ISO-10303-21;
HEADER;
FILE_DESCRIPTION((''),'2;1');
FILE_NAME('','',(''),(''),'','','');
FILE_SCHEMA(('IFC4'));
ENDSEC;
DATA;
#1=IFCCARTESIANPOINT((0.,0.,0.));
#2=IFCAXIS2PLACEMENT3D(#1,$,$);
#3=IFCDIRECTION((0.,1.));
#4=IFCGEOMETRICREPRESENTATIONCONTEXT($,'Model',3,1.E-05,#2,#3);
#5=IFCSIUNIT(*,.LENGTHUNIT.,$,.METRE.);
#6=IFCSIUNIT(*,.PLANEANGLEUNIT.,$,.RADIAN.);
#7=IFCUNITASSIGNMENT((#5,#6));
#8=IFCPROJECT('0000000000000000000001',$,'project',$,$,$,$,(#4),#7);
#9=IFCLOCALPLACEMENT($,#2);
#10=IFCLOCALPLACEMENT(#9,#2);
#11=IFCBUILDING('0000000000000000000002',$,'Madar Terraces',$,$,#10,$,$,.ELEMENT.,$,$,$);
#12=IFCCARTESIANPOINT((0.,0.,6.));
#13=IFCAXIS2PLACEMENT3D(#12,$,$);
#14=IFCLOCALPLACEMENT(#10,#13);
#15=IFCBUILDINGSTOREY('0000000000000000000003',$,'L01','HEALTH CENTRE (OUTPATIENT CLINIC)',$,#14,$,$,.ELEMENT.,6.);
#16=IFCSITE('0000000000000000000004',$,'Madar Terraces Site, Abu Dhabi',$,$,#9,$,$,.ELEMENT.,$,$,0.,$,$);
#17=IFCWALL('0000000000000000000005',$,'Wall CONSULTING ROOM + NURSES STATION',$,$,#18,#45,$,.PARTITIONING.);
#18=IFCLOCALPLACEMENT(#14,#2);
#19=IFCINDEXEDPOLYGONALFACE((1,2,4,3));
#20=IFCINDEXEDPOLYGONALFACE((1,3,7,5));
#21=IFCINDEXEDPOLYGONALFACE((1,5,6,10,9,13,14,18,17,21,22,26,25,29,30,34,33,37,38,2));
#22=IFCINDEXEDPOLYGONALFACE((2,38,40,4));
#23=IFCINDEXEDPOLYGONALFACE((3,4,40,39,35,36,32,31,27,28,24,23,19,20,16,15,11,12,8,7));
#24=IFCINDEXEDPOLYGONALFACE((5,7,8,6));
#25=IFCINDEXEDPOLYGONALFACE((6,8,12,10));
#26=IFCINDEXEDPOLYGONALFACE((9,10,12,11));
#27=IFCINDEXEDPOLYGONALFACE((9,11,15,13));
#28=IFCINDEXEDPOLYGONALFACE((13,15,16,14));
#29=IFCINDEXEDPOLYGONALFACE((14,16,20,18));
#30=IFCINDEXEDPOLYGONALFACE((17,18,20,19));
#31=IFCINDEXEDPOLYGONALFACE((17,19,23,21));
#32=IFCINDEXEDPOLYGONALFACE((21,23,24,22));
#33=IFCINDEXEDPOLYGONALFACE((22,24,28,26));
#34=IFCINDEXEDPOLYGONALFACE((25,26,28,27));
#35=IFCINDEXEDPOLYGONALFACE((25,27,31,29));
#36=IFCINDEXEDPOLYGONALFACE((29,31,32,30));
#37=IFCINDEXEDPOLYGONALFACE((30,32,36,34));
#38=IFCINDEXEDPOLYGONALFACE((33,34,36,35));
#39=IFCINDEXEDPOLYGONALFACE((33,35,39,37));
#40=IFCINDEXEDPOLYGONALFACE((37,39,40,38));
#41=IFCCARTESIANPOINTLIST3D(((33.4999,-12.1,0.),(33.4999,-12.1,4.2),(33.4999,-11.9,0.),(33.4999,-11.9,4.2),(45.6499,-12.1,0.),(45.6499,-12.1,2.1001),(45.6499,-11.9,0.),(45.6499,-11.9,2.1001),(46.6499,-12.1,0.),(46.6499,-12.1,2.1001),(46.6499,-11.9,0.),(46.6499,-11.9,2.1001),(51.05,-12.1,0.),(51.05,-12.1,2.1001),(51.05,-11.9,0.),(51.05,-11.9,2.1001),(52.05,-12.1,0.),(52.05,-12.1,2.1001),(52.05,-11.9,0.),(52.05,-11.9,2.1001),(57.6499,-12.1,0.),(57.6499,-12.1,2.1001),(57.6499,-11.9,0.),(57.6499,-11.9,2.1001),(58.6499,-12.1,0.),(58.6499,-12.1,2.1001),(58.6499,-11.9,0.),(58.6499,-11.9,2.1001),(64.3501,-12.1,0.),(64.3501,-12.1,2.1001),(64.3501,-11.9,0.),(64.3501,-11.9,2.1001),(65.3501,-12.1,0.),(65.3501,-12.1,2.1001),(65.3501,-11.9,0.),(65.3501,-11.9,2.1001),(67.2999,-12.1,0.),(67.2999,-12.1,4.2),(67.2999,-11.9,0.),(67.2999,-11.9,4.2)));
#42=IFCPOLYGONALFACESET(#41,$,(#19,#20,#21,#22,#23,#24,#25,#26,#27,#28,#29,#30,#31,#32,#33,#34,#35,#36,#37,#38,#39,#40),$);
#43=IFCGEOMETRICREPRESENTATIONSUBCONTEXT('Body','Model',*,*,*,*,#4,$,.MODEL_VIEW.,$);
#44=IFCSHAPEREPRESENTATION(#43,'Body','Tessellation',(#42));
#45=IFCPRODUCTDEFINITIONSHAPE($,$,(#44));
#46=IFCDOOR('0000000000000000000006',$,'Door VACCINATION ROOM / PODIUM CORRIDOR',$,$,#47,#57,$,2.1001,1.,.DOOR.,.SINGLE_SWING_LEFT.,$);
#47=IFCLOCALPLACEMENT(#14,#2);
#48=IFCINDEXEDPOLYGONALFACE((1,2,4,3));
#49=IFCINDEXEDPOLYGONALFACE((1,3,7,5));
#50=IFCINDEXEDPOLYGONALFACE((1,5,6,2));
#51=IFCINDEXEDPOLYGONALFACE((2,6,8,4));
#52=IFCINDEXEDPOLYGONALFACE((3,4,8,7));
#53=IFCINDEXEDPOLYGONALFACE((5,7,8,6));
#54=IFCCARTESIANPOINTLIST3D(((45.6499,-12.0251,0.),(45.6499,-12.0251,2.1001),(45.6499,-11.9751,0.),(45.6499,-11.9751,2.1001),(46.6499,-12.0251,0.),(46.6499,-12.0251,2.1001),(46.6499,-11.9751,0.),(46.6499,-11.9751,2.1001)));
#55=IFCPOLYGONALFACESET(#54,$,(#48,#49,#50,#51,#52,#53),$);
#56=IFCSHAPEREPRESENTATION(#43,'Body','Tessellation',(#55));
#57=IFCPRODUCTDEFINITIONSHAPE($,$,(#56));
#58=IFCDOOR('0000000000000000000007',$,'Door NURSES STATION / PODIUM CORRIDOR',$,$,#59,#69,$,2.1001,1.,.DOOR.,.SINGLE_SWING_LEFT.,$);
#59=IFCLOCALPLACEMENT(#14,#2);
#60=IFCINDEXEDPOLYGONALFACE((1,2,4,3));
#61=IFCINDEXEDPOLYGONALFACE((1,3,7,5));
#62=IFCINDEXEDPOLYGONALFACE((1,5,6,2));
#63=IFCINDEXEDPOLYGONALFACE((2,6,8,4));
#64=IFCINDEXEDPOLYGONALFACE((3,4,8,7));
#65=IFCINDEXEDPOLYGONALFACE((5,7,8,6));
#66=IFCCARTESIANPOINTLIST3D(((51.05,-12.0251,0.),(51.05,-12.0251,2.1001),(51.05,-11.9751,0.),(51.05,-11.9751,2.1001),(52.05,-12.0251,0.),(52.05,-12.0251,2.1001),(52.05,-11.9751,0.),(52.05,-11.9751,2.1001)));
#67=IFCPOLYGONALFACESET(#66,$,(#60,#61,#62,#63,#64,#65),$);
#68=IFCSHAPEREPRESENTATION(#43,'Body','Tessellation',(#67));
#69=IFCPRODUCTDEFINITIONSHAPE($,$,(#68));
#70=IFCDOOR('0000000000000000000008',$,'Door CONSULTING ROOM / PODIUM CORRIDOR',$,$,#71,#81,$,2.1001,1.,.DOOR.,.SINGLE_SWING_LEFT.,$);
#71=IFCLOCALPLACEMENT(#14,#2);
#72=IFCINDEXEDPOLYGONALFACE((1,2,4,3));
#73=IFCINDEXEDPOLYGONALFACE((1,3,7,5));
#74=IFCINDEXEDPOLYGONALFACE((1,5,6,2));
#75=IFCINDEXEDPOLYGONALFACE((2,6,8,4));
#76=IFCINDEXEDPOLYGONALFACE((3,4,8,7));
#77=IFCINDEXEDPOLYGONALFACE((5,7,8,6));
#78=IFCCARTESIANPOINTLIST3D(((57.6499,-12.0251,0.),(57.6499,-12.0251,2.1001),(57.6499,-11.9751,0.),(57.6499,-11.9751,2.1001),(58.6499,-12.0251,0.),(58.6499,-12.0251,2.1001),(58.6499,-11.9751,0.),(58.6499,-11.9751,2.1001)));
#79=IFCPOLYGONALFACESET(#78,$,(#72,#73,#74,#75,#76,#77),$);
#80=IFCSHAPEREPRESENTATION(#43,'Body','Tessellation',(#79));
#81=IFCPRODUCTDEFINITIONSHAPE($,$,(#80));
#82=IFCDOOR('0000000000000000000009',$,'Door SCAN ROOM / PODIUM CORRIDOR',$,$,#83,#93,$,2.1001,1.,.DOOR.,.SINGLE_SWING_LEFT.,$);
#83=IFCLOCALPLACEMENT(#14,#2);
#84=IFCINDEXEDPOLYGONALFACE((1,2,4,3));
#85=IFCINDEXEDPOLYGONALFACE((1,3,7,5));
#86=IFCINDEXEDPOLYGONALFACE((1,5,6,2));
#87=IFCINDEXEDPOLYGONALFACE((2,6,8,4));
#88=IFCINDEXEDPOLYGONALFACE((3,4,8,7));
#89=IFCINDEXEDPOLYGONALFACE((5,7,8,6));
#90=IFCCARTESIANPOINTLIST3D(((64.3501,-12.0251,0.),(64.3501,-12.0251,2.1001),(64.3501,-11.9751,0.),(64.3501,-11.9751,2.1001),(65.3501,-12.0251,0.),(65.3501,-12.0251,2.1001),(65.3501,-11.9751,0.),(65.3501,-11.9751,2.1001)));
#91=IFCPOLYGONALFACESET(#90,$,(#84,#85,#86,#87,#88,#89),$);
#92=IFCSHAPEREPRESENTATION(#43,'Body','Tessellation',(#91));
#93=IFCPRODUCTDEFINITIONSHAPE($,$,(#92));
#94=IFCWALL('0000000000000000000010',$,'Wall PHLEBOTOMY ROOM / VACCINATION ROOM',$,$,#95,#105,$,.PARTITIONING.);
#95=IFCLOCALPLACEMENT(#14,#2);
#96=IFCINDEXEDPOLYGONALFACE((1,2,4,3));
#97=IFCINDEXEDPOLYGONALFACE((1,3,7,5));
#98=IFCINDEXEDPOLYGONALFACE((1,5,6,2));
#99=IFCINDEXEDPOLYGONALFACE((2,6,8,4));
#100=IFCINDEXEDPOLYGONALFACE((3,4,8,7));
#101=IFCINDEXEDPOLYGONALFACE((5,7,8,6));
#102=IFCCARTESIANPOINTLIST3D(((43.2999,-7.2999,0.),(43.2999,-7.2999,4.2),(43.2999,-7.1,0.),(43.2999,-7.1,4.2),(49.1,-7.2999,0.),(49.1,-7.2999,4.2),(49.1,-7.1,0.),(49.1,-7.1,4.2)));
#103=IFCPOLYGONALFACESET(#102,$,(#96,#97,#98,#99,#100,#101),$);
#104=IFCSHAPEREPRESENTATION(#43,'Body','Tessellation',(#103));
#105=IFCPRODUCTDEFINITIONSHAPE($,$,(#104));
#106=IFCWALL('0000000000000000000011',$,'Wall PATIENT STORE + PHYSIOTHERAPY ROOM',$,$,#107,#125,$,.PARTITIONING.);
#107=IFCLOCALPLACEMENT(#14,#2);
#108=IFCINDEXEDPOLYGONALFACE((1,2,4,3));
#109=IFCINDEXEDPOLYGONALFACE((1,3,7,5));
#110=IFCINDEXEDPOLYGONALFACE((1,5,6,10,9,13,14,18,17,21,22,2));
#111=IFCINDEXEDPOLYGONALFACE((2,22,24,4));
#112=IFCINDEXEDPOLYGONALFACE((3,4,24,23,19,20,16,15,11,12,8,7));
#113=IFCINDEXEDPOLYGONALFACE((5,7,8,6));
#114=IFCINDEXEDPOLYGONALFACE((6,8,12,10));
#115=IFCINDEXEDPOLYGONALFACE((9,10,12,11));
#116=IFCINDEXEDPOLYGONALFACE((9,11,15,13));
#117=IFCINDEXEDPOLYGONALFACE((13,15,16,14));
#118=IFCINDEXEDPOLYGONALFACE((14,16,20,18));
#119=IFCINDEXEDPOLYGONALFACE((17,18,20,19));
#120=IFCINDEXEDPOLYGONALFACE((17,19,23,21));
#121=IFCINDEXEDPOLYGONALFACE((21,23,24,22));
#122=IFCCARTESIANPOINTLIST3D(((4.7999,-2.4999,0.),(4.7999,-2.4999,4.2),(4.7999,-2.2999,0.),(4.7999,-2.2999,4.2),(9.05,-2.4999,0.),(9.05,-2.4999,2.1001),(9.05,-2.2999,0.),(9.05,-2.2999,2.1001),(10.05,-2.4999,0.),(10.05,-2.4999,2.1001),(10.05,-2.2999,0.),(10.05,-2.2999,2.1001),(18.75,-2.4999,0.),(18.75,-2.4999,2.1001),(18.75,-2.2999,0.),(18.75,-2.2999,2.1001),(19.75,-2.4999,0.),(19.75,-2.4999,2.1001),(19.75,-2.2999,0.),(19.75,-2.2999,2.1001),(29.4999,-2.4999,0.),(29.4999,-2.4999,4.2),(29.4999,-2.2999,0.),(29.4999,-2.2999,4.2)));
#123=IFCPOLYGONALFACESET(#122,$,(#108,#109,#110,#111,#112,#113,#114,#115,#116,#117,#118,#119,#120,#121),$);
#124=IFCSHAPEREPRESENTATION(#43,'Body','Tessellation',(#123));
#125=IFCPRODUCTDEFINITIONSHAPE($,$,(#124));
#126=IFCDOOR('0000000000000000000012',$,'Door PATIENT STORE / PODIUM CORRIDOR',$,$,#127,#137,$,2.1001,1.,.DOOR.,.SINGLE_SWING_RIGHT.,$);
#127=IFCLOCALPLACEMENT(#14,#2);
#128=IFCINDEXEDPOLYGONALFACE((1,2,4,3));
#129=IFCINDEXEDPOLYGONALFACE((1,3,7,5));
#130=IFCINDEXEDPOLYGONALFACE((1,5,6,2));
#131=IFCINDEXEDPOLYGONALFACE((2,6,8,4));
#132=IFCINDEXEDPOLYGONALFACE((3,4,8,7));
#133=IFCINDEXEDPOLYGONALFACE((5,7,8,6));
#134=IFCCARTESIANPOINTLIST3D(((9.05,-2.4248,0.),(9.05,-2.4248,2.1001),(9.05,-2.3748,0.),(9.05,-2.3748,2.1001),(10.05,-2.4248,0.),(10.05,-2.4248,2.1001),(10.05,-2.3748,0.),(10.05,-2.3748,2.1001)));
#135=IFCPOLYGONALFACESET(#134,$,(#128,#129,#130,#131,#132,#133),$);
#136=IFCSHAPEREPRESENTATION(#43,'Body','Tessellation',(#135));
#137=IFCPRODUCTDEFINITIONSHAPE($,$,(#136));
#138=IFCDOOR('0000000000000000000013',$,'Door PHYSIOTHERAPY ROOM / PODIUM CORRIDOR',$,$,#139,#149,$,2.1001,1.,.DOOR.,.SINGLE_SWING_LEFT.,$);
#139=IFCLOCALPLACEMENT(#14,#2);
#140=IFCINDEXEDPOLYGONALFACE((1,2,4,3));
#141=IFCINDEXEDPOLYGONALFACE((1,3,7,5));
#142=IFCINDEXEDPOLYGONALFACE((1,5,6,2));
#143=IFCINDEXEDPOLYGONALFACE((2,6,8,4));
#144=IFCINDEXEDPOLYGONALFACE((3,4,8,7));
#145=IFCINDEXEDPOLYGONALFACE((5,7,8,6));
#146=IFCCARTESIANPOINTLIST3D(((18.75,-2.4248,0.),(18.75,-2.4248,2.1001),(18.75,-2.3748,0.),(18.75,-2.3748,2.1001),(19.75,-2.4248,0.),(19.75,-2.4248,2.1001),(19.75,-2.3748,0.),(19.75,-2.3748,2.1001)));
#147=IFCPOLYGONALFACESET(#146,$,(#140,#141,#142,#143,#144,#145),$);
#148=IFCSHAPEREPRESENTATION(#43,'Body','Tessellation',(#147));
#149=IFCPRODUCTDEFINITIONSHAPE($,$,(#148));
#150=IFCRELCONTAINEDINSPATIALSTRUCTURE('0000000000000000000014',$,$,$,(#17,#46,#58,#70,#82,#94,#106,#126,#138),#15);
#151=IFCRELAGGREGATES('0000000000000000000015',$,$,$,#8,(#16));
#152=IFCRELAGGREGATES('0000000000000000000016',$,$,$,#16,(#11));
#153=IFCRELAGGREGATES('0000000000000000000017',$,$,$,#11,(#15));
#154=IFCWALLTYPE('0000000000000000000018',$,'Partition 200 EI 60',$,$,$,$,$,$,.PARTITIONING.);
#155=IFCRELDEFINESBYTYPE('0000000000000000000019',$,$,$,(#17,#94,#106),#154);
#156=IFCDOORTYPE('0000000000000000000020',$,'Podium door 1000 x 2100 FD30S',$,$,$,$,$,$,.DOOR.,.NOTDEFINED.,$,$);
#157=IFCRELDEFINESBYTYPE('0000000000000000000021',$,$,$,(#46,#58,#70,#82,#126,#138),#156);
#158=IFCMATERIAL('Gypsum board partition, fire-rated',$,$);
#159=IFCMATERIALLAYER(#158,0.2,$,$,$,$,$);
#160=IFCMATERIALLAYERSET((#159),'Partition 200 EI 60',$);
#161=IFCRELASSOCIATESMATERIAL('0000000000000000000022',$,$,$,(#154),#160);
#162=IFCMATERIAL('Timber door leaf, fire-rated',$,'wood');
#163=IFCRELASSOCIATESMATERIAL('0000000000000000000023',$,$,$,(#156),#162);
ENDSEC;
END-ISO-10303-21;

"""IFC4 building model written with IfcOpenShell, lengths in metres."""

from ifc_helpers import new_model, si_unit, direction, frame, frame_2d, origin, place, context, subcontext, project, spatial, rectangle, extrude, material, layer, layer_set, type_object, element, fill, save


model = new_model("IFC4")

# Units and contexts
model_context = context("Model", 3, precision=1e-05, world=origin(), true_north=direction((0.0, 1.0)))
body_context = subcontext(model_context, "Body", "Model", "MODEL_VIEW")
ifc_project = project(units=[si_unit("LENGTHUNIT", "METRE"), si_unit("PLANEANGLEUNIT", "RADIAN")], contexts=[model_context])

# Site, building, storey
site_placement = place(None, origin())
site = spatial("IfcSite", under=ifc_project, at=site_placement, Name="Madar Terraces Site, Abu Dhabi", CompositionType="ELEMENT", RefElevation=0.0)
building_placement = place(site_placement, origin())
building = spatial("IfcBuilding", under=site, at=building_placement, Name="Madar Terraces", CompositionType="ELEMENT")
storey_placement = place(building_placement, frame((0.0, 0.0, 6.0)))
storey = spatial("IfcBuildingStorey", under=building, at=storey_placement, Name="L01", Description="HEALTH CENTRE (OUTPATIENT CLINIC)", CompositionType="ELEMENT", Elevation=6.0)

# Wall, openings, doors
ifc_material_1 = material(Name="Gypsum board partition, fire-rated")
ifc_layer = layer(ifc_material_1, 0.2)
ifc_layer_set = layer_set([ifc_layer], Name="Partition 200 EI 60")
wall_type = type_object("IfcWallType", Name="Partition 200 EI 60", PredefinedType="PARTITIONING", material=ifc_layer_set)
wall_1_placement = place(storey_placement, frame((33.5, -12.0, 0.0), z_axis=(0.0, 0.0, 1.0), x_axis=(1.0, 0.0, 0.0)))
wall_1 = element("IfcWall", 1, at=wall_1_placement, inside=storey, type_object=wall_type, Name="Wall CONSULTING ROOM + NURSES STATION", PredefinedType="PARTITIONING", context=body_context, shape_type="SweptSolid", body=[
    extrude(rectangle(XDim=33.8, YDim=0.2, at=frame_2d((16.8999, 0.0))), origin(), (0.0, 0.0, 1.0), 4.2),
])
opening_1_placement = place(wall_1_placement, frame((12.1499, 0.0, 0.0)))
opening_1 = element("IfcOpeningElement", 2, at=opening_1_placement, cuts=wall_1, PredefinedType="OPENING", context=body_context, shape_type="SweptSolid", body=[
    extrude(rectangle(XDim=1.0, YDim=2.1001, at=frame_2d((0.5, 1.05))), frame((0.0, 0.1099, 0.0), z_axis=(0.0, -1.0, 0.0), x_axis=(1.0, 0.0, 0.0)), (0.0, 0.0, 1.0), 0.22),
])
opening_2_placement = place(wall_1_placement, frame((17.55, 0.0, 0.0)))
opening_2 = element("IfcOpeningElement", 3, at=opening_2_placement, cuts=wall_1, PredefinedType="OPENING", context=body_context, shape_type="SweptSolid", body=[
    extrude(rectangle(XDim=1.0, YDim=2.1001, at=frame_2d((0.5, 1.05))), frame((0.0, 0.1099, 0.0), z_axis=(0.0, -1.0, 0.0), x_axis=(1.0, 0.0, 0.0)), (0.0, 0.0, 1.0), 0.22),
])
opening_3_placement = place(wall_1_placement, frame((24.1499, 0.0, 0.0)))
opening_3 = element("IfcOpeningElement", 4, at=opening_3_placement, cuts=wall_1, PredefinedType="OPENING", context=body_context, shape_type="SweptSolid", body=[
    extrude(rectangle(XDim=1.0, YDim=2.1001, at=frame_2d((0.5, 1.05))), frame((0.0, 0.1099, 0.0), z_axis=(0.0, -1.0, 0.0), x_axis=(1.0, 0.0, 0.0)), (0.0, 0.0, 1.0), 0.22),
])
opening_4_placement = place(wall_1_placement, frame((30.8501, 0.0, 0.0)))
opening_4 = element("IfcOpeningElement", 5, at=opening_4_placement, cuts=wall_1, PredefinedType="OPENING", context=body_context, shape_type="SweptSolid", body=[
    extrude(rectangle(XDim=1.0, YDim=2.1001, at=frame_2d((0.5, 1.05))), frame((0.0, 0.1099, 0.0), z_axis=(0.0, -1.0, 0.0), x_axis=(1.0, 0.0, 0.0)), (0.0, 0.0, 1.0), 0.22),
])
ifc_material_2 = material(Name="Timber door leaf, fire-rated", Category="wood")
door_type = type_object("IfcDoorType", Name="Podium door 1000 x 2100 FD30S", OperationType="NOTDEFINED", PredefinedType="DOOR", material=ifc_material_2)
door_1_placement = place(opening_1_placement, origin())
door_1 = element("IfcDoor", 6, at=door_1_placement, inside=storey, type_object=door_type, Name="Door VACCINATION ROOM / PODIUM CORRIDOR", OperationType="SINGLE_SWING_LEFT", OverallHeight=2.1001, OverallWidth=1.0, PredefinedType="DOOR", context=body_context, shape_type="SweptSolid", body=[
    extrude(rectangle(XDim=1.0, YDim=2.1001, at=frame_2d((0.5, 1.05))), frame((0.0, 0.0249, 0.0), z_axis=(0.0, -1.0, 0.0), x_axis=(1.0, 0.0, 0.0)), (0.0, 0.0, 1.0), 0.05),
])
fill(opening_1, door_1)
door_2_placement = place(opening_2_placement, origin())
door_2 = element("IfcDoor", 7, at=door_2_placement, inside=storey, type_object=door_type, Name="Door NURSES STATION / PODIUM CORRIDOR", OperationType="SINGLE_SWING_LEFT", OverallHeight=2.1001, OverallWidth=1.0, PredefinedType="DOOR", context=body_context, shape_type="SweptSolid", body=[
    extrude(rectangle(XDim=1.0, YDim=2.1001, at=frame_2d((0.5, 1.05))), frame((0.0, 0.0249, 0.0), z_axis=(0.0, -1.0, 0.0), x_axis=(1.0, 0.0, 0.0)), (0.0, 0.0, 1.0), 0.05),
])
fill(opening_2, door_2)
door_3_placement = place(opening_3_placement, origin())
door_3 = element("IfcDoor", 8, at=door_3_placement, inside=storey, type_object=door_type, Name="Door CONSULTING ROOM / PODIUM CORRIDOR", OperationType="SINGLE_SWING_LEFT", OverallHeight=2.1001, OverallWidth=1.0, PredefinedType="DOOR", context=body_context, shape_type="SweptSolid", body=[
    extrude(rectangle(XDim=1.0, YDim=2.1001, at=frame_2d((0.5, 1.05))), frame((0.0, 0.0249, 0.0), z_axis=(0.0, -1.0, 0.0), x_axis=(1.0, 0.0, 0.0)), (0.0, 0.0, 1.0), 0.05),
])
fill(opening_3, door_3)
door_4_placement = place(opening_4_placement, origin())
door_4 = element("IfcDoor", 9, at=door_4_placement, inside=storey, type_object=door_type, Name="Door SCAN ROOM / PODIUM CORRIDOR", OperationType="SINGLE_SWING_LEFT", OverallHeight=2.1001, OverallWidth=1.0, PredefinedType="DOOR", context=body_context, shape_type="SweptSolid", body=[
    extrude(rectangle(XDim=1.0, YDim=2.1001, at=frame_2d((0.5, 1.05))), frame((0.0, 0.0249, 0.0), z_axis=(0.0, -1.0, 0.0), x_axis=(1.0, 0.0, 0.0)), (0.0, 0.0, 1.0), 0.05),
])
fill(opening_4, door_4)

# Wall
wall_2_placement = place(storey_placement, frame((43.3, -7.2, 0.0), z_axis=(0.0, 0.0, 1.0), x_axis=(1.0, 0.0, 0.0)))
element("IfcWall", 10, at=wall_2_placement, inside=storey, type_object=wall_type, Name="Wall PHLEBOTOMY ROOM / VACCINATION ROOM", PredefinedType="PARTITIONING", context=body_context, shape_type="SweptSolid", body=[
    extrude(rectangle(XDim=5.8, YDim=0.2, at=frame_2d((2.8999, 0.0))), origin(), (0.0, 0.0, 1.0), 4.2),
])

# Wall, openings, doors
wall_3_placement = place(storey_placement, frame((29.5, -2.3999, 0.0), z_axis=(0.0, 0.0, 1.0), x_axis=(-1.0, 0.0, 0.0)))
wall_3 = element("IfcWall", 11, at=wall_3_placement, inside=storey, type_object=wall_type, Name="Wall PATIENT STORE + PHYSIOTHERAPY ROOM", PredefinedType="PARTITIONING", context=body_context, shape_type="SweptSolid", body=[
    extrude(rectangle(XDim=24.7, YDim=0.2, at=frame_2d((12.3501, 0.0))), origin(), (0.0, 0.0, 1.0), 4.2),
])
opening_5_placement = place(wall_3_placement, frame((19.45, 0.0, 0.0)))
opening_5 = element("IfcOpeningElement", 12, at=opening_5_placement, cuts=wall_3, PredefinedType="OPENING", context=body_context, shape_type="SweptSolid", body=[
    extrude(rectangle(XDim=1.0, YDim=2.1001, at=frame_2d((0.5, 1.05))), frame((0.0, 0.1099, 0.0), z_axis=(0.0, -1.0, 0.0), x_axis=(1.0, 0.0, 0.0)), (0.0, 0.0, 1.0), 0.22),
])
opening_6_placement = place(wall_3_placement, frame((9.75, 0.0, 0.0)))
opening_6 = element("IfcOpeningElement", 13, at=opening_6_placement, cuts=wall_3, PredefinedType="OPENING", context=body_context, shape_type="SweptSolid", body=[
    extrude(rectangle(XDim=1.0, YDim=2.1001, at=frame_2d((0.5, 1.05))), frame((0.0, 0.1099, 0.0), z_axis=(0.0, -1.0, 0.0), x_axis=(1.0, 0.0, 0.0)), (0.0, 0.0, 1.0), 0.22),
])
door_5_placement = place(opening_5_placement, origin())
door_5 = element("IfcDoor", 14, at=door_5_placement, inside=storey, type_object=door_type, Name="Door PATIENT STORE / PODIUM CORRIDOR", OperationType="SINGLE_SWING_RIGHT", OverallHeight=2.1001, OverallWidth=1.0, PredefinedType="DOOR", context=body_context, shape_type="SweptSolid", body=[
    extrude(rectangle(XDim=1.0, YDim=2.1001, at=frame_2d((0.5, 1.05))), frame((0.0, 0.0249, 0.0), z_axis=(0.0, -1.0, 0.0), x_axis=(1.0, 0.0, 0.0)), (0.0, 0.0, 1.0), 0.05),
])
fill(opening_5, door_5)
door_6_placement = place(opening_6_placement, origin())
door_6 = element("IfcDoor", 15, at=door_6_placement, inside=storey, type_object=door_type, Name="Door PHYSIOTHERAPY ROOM / PODIUM CORRIDOR", OperationType="SINGLE_SWING_LEFT", OverallHeight=2.1001, OverallWidth=1.0, PredefinedType="DOOR", context=body_context, shape_type="SweptSolid", body=[
    extrude(rectangle(XDim=1.0, YDim=2.1001, at=frame_2d((0.5, 1.05))), frame((0.0, 0.0249, 0.0), z_axis=(0.0, -1.0, 0.0), x_axis=(1.0, 0.0, 0.0)), (0.0, 0.0, 1.0), 0.05),
])
fill(opening_6, door_6)

save(model, "model.ifc")
